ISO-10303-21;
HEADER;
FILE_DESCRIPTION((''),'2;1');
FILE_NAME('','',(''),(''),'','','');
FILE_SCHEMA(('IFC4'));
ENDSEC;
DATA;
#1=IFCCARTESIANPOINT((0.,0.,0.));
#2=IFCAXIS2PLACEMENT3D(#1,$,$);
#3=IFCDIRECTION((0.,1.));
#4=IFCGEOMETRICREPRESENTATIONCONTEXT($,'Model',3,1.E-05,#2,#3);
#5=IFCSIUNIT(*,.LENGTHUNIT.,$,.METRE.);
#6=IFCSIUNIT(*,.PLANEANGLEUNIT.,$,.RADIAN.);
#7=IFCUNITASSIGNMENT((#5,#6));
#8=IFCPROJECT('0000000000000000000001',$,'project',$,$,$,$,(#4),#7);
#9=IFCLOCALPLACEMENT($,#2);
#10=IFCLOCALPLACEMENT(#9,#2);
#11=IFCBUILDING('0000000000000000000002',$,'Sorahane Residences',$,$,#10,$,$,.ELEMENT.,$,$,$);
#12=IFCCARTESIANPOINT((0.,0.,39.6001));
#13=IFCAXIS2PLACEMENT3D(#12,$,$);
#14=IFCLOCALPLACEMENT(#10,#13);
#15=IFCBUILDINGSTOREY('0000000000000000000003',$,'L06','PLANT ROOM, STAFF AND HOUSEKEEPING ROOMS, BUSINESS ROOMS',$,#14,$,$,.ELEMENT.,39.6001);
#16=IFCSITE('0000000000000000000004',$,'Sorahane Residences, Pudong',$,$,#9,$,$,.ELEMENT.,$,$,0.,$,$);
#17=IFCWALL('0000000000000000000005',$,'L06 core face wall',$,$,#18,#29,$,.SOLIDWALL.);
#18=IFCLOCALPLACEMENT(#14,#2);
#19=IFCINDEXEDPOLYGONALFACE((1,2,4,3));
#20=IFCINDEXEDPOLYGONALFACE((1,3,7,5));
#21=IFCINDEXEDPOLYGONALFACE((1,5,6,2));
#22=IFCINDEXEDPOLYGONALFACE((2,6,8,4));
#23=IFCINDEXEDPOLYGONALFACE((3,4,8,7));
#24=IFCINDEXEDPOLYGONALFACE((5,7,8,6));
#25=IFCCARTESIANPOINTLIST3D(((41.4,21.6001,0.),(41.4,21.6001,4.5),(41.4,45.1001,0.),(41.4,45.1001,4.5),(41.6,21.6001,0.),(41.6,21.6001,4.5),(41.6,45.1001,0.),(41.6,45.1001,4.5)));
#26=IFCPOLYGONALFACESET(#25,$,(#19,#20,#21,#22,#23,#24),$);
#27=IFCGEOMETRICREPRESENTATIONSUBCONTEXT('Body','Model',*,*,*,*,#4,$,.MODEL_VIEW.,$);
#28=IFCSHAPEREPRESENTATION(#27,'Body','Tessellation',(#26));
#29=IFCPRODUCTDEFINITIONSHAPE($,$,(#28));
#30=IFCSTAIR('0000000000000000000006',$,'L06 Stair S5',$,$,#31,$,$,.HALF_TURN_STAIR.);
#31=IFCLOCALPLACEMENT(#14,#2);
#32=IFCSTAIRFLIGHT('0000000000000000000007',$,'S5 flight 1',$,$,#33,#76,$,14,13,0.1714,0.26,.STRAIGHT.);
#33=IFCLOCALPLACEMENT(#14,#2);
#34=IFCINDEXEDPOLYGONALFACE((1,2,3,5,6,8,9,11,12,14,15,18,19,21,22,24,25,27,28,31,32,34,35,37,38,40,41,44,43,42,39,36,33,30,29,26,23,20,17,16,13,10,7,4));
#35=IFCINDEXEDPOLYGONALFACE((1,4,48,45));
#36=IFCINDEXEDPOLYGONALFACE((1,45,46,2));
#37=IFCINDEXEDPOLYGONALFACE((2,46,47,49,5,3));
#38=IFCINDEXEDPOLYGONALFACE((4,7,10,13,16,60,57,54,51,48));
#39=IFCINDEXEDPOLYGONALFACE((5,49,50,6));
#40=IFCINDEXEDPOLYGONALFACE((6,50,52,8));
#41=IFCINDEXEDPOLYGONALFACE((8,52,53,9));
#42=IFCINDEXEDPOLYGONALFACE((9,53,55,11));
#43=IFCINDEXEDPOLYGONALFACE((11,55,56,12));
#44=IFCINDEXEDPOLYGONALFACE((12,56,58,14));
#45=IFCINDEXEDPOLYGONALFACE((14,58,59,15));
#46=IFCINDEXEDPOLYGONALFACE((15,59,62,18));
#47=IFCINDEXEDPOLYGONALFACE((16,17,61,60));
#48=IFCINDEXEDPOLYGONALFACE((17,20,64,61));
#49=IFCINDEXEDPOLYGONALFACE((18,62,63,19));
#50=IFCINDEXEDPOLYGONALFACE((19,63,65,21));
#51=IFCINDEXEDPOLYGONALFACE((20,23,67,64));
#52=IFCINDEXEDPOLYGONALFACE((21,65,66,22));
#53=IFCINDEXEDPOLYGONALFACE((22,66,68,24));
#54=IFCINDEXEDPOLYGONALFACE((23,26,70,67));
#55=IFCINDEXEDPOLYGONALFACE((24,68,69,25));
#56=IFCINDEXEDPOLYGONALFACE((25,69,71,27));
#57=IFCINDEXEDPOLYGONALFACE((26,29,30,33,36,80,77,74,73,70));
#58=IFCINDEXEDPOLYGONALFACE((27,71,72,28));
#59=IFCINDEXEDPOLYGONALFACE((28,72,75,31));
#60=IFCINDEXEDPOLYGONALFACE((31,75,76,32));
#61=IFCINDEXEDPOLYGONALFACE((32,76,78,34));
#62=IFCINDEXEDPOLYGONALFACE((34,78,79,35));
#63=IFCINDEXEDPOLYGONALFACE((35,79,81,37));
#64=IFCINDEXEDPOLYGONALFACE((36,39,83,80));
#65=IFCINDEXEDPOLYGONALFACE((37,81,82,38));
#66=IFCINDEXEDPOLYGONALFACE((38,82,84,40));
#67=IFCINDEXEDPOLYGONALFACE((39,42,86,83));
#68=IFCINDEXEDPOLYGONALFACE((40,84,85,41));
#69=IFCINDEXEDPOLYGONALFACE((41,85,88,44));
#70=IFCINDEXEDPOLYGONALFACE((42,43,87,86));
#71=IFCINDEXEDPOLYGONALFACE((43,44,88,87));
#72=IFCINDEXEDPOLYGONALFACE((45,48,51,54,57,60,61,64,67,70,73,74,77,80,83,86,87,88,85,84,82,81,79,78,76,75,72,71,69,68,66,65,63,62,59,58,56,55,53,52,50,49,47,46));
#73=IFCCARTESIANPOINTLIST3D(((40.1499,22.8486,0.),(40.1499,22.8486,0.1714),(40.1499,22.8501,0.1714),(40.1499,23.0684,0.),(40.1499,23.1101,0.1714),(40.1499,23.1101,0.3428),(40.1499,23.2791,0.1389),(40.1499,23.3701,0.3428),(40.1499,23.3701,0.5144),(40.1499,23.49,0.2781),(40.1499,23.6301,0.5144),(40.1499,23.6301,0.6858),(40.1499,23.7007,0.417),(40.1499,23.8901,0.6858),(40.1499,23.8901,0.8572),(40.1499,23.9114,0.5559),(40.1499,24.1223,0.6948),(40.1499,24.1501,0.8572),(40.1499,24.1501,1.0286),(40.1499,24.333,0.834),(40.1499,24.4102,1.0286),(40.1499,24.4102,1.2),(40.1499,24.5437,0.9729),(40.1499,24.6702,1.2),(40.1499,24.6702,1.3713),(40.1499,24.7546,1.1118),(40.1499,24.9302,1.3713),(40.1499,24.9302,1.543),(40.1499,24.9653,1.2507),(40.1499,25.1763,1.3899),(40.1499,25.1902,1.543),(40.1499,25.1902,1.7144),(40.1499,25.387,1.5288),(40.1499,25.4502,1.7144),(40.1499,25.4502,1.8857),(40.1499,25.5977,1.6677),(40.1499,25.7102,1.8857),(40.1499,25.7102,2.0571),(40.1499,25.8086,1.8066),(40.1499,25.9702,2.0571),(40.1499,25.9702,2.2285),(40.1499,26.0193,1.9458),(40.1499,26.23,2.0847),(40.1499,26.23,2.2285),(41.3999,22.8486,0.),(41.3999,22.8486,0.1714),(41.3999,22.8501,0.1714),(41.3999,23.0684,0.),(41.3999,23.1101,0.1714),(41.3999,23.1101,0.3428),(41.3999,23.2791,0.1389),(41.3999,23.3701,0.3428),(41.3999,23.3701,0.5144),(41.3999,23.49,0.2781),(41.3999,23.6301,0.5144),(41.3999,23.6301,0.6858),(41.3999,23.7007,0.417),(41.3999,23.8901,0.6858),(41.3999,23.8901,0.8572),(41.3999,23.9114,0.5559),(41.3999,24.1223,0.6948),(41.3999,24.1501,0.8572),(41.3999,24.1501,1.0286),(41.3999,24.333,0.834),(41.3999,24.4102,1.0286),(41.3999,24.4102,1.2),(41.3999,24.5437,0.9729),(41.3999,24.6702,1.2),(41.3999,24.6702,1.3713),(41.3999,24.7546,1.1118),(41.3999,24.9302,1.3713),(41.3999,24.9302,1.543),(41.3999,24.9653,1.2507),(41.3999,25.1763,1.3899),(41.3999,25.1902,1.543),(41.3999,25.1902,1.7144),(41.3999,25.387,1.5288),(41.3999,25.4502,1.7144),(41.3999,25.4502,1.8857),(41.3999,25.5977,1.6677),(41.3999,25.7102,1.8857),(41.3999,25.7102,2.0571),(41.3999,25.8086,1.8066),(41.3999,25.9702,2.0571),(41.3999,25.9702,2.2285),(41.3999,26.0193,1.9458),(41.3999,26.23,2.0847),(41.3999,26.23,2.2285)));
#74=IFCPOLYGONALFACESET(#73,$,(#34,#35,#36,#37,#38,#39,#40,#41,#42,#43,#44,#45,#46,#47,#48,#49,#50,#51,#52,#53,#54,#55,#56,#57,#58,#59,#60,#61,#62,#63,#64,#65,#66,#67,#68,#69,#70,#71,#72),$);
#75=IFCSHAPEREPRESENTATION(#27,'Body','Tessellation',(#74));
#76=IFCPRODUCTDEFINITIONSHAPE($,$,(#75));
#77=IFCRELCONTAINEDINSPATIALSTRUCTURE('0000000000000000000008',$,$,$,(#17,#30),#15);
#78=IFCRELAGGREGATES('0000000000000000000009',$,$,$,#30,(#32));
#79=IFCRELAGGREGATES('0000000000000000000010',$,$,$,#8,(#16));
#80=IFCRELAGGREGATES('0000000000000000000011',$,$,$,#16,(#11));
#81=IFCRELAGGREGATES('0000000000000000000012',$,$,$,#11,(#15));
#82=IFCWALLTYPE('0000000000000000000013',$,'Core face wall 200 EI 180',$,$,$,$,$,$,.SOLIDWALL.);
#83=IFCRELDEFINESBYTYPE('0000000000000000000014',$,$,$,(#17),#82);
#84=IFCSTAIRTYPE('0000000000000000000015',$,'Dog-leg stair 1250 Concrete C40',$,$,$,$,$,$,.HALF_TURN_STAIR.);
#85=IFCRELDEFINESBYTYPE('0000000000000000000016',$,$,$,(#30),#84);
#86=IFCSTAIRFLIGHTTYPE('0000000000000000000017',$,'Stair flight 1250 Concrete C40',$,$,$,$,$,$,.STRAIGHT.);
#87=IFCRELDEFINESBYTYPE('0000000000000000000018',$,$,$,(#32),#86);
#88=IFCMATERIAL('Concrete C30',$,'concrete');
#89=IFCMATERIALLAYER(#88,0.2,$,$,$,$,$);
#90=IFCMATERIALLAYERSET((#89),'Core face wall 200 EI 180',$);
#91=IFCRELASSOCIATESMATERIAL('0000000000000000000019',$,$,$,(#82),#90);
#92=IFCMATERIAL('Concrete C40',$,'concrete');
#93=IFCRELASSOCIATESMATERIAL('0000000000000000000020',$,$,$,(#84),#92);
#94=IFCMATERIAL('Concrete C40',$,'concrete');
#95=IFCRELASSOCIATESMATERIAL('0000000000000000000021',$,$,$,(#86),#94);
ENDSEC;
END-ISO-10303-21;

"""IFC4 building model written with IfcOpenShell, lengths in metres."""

from ifc_helpers import new_model, si_unit, direction, frame, frame_2d, origin, place, context, subcontext, project, spatial, polyline, rectangle, outline, extrude, material, layer, layer_set, type_object, element, aggregate, save


model = new_model("IFC4")

# Units and contexts
model_context = context("Model", 3, precision=1e-05, world=origin(), true_north=direction((0.0, 1.0)))
body_context = subcontext(model_context, "Body", "Model", "MODEL_VIEW")
ifc_project = project(units=[si_unit("LENGTHUNIT", "METRE"), si_unit("PLANEANGLEUNIT", "RADIAN")], contexts=[model_context])

# Site, building, storey
site_placement = place(None, origin())
site = spatial("IfcSite", under=ifc_project, at=site_placement, Name="Sorahane Residences, Pudong", CompositionType="ELEMENT", RefElevation=0.0)
building_placement = place(site_placement, origin())
building = spatial("IfcBuilding", under=site, at=building_placement, Name="Sorahane Residences", CompositionType="ELEMENT")
storey_placement = place(building_placement, frame((0.0, 0.0, 39.6001)))
storey = spatial("IfcBuildingStorey", under=building, at=storey_placement, Name="L06", Description="PLANT ROOM, STAFF AND HOUSEKEEPING ROOMS, BUSINESS ROOMS", CompositionType="ELEMENT", Elevation=39.6001)

# Wall
ifc_material_1 = material(Name="Concrete C30", Category="concrete")
ifc_layer = layer(ifc_material_1, 0.2)
ifc_layer_set = layer_set([ifc_layer], Name="Core face wall 200 EI 180")
wall_type = type_object("IfcWallType", Name="Core face wall 200 EI 180", PredefinedType="SOLIDWALL", material=ifc_layer_set)
wall_placement = place(storey_placement, frame((41.5, 21.6001, 0.0), z_axis=(0.0, 0.0, 1.0), x_axis=(0.0, 1.0, 0.0)))
element("IfcWall", 1, at=wall_placement, inside=storey, type_object=wall_type, Name="L06 core face wall", PredefinedType="SOLIDWALL", context=body_context, shape_type="SweptSolid", body=[
    extrude(rectangle(XDim=23.5, YDim=0.2, at=frame_2d((11.75, 0.0))), origin(), (0.0, 0.0, 1.0), 4.5),
])

# Stair, stair flight
ifc_material_2 = material(Name="Concrete C40", Category="concrete")
stair_type = type_object("IfcStairType", Name="Dog-leg stair 1250 Concrete C40", PredefinedType="HALF_TURN_STAIR", material=ifc_material_2)
stair_placement = place(storey_placement, origin())
stair = element("IfcStair", 2, at=stair_placement, inside=storey, type_object=stair_type, Name="L06 Stair S5", PredefinedType="HALF_TURN_STAIR")
ifc_material_3 = material(Name="Concrete C40", Category="concrete")
stair_flight_type = type_object("IfcStairFlightType", Name="Stair flight 1250 Concrete C40", PredefinedType="STRAIGHT", material=ifc_material_3)
stair_flight_placement = place(storey_placement, frame((40.7749, 22.8501, 0.0), z_axis=(0.0, 0.0, 1.0), x_axis=(0.0, 1.0, 0.0)))
stair_flight = element("IfcStairFlight", 3, at=stair_flight_placement, type_object=stair_flight_type, Name="S5 flight 1", NumberOfRisers=14, NumberOfTreads=13, PredefinedType="STRAIGHT", RiserHeight=0.1714, TreadLength=0.26, context=body_context, shape_type="SweptSolid", body=[
    extrude(outline(polyline([(-0.0015, 0.0), (-0.0015, 0.1714), (0.0, 0.1714), (0.26, 0.1714), (0.26, 0.3428), (0.52, 0.3428), (0.52, 0.5144), (0.78, 0.5144), (0.78, 0.6858), (1.04, 0.6858), (1.04, 0.8572), (1.3, 0.8572), (1.3, 1.0286), (1.5601, 1.0286), (1.5601, 1.2), (1.8201, 1.2), (1.8201, 1.3713), (2.0801, 1.3713), (2.0801, 1.543), (2.3401, 1.543), (2.3401, 1.7144), (2.6001, 1.7144), (2.6001, 1.8857), (2.8601, 1.8857), (2.8601, 2.0571), (3.1201, 2.0571), (3.1201, 2.2285), (3.3799, 2.2285), (3.3799, 2.3999), (3.3799, 2.0847), (3.1692, 1.9458), (2.9585, 1.8066), (2.7476, 1.6677), (2.5369, 1.5288), (2.3262, 1.3899), (2.1152, 1.2507), (1.9045, 1.1118), (1.6936, 0.9729), (1.4829, 0.834), (1.2722, 0.6948), (1.0613, 0.5559), (0.8506, 0.417), (0.6399, 0.2781), (0.429, 0.1389), (0.2183, 0.0), (-0.0015, 0.0)])), frame((0.0, 0.625, 0.0), z_axis=(0.0, -1.0, 0.0), x_axis=(1.0, 0.0, 0.0)), (0.0, 0.0, 1.0), 1.25),
])
aggregate(stair, [stair_flight])

save(model, "model.ifc")
